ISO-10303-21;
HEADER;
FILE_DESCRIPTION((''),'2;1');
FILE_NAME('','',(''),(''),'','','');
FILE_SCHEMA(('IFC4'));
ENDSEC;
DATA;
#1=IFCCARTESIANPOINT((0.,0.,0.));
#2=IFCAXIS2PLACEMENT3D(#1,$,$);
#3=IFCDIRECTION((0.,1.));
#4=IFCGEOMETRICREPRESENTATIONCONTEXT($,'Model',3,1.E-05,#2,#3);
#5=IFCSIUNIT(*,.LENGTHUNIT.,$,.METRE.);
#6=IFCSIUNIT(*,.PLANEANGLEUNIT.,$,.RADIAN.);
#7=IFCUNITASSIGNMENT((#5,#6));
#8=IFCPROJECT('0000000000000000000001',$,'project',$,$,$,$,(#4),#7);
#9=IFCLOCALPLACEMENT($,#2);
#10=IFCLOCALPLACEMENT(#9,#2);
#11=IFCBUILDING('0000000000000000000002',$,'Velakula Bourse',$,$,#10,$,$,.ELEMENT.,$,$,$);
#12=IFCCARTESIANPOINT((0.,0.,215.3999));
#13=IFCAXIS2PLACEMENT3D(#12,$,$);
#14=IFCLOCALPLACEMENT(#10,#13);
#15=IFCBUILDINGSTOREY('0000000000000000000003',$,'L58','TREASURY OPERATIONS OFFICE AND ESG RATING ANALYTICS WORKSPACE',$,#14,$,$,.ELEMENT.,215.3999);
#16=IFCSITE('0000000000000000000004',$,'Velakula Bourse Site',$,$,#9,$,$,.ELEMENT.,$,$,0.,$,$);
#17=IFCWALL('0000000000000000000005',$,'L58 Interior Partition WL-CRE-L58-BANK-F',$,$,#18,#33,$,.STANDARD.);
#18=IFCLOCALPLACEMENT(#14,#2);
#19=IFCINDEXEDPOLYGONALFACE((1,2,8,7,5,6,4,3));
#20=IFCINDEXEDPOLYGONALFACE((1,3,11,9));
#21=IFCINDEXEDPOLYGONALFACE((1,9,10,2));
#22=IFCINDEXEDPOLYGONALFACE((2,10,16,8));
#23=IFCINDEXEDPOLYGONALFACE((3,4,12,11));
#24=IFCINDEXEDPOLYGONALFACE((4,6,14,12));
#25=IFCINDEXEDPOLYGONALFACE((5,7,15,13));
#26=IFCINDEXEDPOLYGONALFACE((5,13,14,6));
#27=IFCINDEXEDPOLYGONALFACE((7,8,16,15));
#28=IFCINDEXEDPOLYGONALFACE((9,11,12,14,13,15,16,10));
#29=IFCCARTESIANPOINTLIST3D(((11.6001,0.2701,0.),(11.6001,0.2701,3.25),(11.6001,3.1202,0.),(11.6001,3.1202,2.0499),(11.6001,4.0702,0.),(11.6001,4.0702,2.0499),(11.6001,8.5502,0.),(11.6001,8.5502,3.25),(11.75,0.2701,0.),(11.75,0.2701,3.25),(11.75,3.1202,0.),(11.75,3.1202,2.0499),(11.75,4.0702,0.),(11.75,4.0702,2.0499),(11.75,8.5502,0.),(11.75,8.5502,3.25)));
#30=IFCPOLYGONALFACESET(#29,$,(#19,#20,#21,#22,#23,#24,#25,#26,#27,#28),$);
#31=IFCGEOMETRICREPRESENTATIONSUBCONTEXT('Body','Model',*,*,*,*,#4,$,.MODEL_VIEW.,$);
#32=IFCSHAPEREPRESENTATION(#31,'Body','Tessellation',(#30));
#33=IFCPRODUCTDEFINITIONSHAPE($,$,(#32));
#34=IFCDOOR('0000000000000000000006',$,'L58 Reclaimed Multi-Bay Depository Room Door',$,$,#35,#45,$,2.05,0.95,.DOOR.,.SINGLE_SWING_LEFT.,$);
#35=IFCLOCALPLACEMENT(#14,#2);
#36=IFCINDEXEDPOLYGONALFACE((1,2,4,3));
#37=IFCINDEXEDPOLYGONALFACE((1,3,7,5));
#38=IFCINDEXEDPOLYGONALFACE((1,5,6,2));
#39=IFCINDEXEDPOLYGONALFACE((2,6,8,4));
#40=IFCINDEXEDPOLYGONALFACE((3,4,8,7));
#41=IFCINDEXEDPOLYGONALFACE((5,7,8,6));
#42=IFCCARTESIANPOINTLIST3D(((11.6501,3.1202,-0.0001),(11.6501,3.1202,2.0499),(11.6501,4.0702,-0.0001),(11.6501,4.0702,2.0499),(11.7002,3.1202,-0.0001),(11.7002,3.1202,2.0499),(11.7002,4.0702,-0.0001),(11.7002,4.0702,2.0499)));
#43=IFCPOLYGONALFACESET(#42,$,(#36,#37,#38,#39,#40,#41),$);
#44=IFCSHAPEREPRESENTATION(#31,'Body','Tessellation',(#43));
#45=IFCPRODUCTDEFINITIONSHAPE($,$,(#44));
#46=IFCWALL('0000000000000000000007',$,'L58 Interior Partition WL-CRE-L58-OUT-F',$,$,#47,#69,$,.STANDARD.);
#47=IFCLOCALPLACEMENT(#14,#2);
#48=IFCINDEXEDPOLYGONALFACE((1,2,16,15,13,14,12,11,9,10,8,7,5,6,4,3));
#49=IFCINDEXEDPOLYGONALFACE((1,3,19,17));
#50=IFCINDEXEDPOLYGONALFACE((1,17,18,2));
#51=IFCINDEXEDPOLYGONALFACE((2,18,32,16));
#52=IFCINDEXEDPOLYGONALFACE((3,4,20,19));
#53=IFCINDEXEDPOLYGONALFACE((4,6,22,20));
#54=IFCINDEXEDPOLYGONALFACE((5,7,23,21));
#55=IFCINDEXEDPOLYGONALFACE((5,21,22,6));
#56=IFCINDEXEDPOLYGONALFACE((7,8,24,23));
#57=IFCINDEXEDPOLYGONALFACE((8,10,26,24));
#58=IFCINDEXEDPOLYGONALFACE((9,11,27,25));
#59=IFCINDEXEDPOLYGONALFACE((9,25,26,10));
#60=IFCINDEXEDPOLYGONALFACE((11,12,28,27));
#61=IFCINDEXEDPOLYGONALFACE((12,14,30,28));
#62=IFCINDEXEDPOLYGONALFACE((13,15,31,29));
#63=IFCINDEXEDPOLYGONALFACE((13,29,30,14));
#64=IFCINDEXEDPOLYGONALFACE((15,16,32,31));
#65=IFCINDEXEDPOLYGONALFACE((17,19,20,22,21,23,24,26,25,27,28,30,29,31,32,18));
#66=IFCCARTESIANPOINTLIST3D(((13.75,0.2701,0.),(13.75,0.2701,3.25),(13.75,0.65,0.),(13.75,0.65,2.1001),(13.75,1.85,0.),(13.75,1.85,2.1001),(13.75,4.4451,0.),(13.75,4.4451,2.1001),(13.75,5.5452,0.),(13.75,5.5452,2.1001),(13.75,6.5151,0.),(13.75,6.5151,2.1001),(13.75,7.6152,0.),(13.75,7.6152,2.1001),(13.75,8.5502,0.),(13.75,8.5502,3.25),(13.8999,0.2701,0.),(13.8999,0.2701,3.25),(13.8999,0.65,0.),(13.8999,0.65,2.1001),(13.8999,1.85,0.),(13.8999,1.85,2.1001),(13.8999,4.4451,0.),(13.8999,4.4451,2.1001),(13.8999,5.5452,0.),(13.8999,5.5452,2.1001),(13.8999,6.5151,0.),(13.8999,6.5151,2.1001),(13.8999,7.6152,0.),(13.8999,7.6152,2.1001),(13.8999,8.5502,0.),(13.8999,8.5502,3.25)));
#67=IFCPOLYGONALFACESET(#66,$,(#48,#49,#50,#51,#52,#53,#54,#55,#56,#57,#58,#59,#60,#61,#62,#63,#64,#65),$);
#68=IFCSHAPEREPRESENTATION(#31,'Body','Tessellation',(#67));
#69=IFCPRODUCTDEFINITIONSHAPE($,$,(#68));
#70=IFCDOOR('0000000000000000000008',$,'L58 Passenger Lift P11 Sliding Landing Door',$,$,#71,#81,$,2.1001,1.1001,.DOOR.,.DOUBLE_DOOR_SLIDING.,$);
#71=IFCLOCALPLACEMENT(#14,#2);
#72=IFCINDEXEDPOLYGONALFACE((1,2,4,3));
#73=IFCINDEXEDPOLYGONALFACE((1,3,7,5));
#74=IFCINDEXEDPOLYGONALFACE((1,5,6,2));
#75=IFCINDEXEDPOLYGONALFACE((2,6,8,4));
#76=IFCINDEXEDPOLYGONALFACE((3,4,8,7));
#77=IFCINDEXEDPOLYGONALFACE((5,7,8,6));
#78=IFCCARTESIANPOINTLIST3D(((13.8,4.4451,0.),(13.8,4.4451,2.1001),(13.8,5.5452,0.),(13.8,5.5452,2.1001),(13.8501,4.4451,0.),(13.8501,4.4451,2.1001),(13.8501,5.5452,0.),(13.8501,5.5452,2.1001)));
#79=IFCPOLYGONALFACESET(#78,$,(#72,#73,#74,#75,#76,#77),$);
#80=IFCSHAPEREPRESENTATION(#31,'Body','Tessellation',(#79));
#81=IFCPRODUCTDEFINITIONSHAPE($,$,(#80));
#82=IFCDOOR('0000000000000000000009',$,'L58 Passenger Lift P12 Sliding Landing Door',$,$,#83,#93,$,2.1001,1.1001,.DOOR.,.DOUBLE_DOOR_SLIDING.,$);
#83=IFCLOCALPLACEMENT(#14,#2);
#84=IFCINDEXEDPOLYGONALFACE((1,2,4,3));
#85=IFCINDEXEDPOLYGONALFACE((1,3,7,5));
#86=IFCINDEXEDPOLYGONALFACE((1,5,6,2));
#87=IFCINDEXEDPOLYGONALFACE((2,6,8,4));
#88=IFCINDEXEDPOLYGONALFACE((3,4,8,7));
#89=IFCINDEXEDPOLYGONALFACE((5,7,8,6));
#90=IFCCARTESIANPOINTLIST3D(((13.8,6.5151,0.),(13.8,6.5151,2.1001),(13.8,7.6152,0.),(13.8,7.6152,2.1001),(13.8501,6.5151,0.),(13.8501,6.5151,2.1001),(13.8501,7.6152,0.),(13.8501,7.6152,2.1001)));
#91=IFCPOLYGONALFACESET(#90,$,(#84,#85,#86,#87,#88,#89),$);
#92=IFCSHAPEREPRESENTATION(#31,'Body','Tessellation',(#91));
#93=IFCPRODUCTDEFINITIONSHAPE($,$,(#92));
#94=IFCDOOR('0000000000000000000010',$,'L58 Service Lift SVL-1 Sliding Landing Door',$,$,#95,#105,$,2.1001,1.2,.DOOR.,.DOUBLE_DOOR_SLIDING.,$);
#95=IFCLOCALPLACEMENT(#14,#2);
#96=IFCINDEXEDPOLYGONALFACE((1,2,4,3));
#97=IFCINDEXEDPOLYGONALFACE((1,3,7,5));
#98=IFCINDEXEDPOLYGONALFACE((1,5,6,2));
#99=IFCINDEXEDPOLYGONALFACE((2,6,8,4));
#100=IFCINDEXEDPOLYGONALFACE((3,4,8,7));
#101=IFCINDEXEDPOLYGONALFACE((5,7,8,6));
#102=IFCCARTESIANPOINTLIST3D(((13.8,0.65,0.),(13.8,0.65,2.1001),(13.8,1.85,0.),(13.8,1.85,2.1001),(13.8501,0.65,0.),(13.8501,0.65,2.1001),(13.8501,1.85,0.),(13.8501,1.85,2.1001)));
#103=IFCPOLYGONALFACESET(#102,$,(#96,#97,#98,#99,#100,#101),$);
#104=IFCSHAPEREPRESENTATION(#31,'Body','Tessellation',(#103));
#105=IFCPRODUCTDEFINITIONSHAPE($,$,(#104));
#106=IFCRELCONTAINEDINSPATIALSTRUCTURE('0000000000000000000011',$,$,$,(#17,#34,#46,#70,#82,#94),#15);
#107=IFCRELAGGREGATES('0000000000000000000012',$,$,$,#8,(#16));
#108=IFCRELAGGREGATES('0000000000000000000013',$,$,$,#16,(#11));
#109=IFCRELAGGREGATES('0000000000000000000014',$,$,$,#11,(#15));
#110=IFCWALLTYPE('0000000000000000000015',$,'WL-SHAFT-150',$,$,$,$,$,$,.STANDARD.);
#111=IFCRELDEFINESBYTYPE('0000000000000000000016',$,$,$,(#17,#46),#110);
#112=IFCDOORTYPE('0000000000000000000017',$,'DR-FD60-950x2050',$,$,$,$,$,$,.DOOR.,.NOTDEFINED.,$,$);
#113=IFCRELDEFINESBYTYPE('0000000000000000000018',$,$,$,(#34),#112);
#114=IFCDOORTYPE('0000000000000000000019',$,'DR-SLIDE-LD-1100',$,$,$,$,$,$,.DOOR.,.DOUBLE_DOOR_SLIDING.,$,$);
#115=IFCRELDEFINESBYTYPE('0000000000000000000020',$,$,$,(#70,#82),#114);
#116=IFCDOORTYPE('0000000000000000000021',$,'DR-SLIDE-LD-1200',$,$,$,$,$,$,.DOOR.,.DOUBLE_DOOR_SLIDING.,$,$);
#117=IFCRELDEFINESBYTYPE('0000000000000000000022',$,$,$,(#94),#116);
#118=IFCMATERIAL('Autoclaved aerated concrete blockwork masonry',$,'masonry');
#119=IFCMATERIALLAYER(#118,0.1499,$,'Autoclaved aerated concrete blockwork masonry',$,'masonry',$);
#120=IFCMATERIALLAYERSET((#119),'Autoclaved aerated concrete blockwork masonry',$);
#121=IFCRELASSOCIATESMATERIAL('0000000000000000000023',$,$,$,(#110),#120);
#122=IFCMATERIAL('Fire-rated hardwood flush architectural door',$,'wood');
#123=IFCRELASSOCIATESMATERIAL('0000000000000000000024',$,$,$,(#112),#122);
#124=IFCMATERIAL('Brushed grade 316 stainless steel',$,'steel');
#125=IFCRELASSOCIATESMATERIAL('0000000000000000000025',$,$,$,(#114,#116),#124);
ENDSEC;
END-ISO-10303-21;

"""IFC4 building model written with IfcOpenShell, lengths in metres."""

from ifc_helpers import new_model, si_unit, direction, frame, frame_2d, origin, place, context, subcontext, project, spatial, rectangle, extrude, material, layer, layer_set, type_object, element, fill, save


model = new_model("IFC4")

# Units and contexts
model_context = context("Model", 3, precision=1e-05, world=origin(), true_north=direction((0.0, 1.0)))
body_context = subcontext(model_context, "Body", "Model", "MODEL_VIEW")
ifc_project = project(units=[si_unit("LENGTHUNIT", "METRE"), si_unit("PLANEANGLEUNIT", "RADIAN")], contexts=[model_context])

# Site, building, storey
site_placement = place(None, origin())
site = spatial("IfcSite", under=ifc_project, at=site_placement, Name="Velakula Bourse Site", CompositionType="ELEMENT", RefElevation=0.0)
building_placement = place(site_placement, origin())
building = spatial("IfcBuilding", under=site, at=building_placement, Name="Velakula Bourse", CompositionType="ELEMENT")
storey_placement = place(building_placement, frame((0.0, 0.0, 215.3999)))
storey = spatial("IfcBuildingStorey", under=building, at=storey_placement, Name="L58", Description="TREASURY OPERATIONS OFFICE AND ESG RATING ANALYTICS WORKSPACE", CompositionType="ELEMENT", Elevation=215.3999)

# Shared definitions
ifc_material_1 = material(Name="Fire-rated hardwood flush architectural door", Category="wood")

# Shared definitions
ifc_material_2 = material(Name="Autoclaved aerated concrete blockwork masonry", Category="masonry")
ifc_layer_1 = layer(ifc_material_2, 0.1499, Name="Autoclaved aerated concrete blockwork masonry", Category="masonry")
ifc_layer_set_1 = layer_set([ifc_layer_1], Name="Autoclaved aerated concrete blockwork masonry")
wall_type_1 = type_object("IfcWallType", Name="WL-SHAFT-150", PredefinedType="STANDARD", material=ifc_layer_set_1)

# Wall, opening, door
wall_1_placement = place(storey_placement, frame((11.675, 0.27, 0.0), z_axis=(0.0, 0.0, 1.0), x_axis=(0.0, 1.0, 0.0)))
wall_1 = element("IfcWall", 1, at=wall_1_placement, inside=storey, type_object=wall_type_1, Name="L58 Interior Partition WL-CRE-L58-BANK-F", PredefinedType="STANDARD", context=body_context, shape_type="SweptSolid", body=[
    extrude(rectangle(XDim=8.28, YDim=0.1499, at=frame_2d((4.1401, 0.0))), origin(), (0.0, 0.0, 1.0), 3.25),
])
opening_1_placement = place(wall_1_placement, frame((2.8501, 0.0, 0.0)))
opening_1 = element("IfcOpeningElement", 2, at=opening_1_placement, cuts=wall_1, PredefinedType="OPENING", context=body_context, shape_type="SweptSolid", body=[
    extrude(rectangle(XDim=0.95, YDim=2.05, at=frame_2d((0.4751, 1.0249))), frame((0.0, 0.085, 0.0), z_axis=(0.0, -1.0, 0.0), x_axis=(1.0, 0.0, 0.0)), (0.0, 0.0, 1.0), 0.1699),
])
door_type_1 = type_object("IfcDoorType", Name="DR-FD60-950x2050", OperationType="NOTDEFINED", PredefinedType="DOOR", material=ifc_material_1)
door_1_placement = place(opening_1_placement, origin())
door_1 = element("IfcDoor", 3, at=door_1_placement, inside=storey, type_object=door_type_1, Name="L58 Reclaimed Multi-Bay Depository Room Door", OperationType="SINGLE_SWING_LEFT", OverallHeight=2.05, OverallWidth=0.95, PredefinedType="DOOR", context=body_context, shape_type="SweptSolid", body=[
    extrude(rectangle(XDim=0.95, YDim=2.05, at=frame_2d((0.4751, 1.0249))), frame((0.0, 0.0249, 0.0), z_axis=(0.0, -1.0, 0.0), x_axis=(1.0, 0.0, 0.0)), (0.0, 0.0, 1.0), 0.05),
])
fill(opening_1, door_1)

# Wall, openings, doors
wall_2_placement = place(storey_placement, frame((13.825, 0.27, 0.0), z_axis=(0.0, 0.0, 1.0), x_axis=(0.0, 1.0, 0.0)))
wall_2 = element("IfcWall", 4, at=wall_2_placement, inside=storey, type_object=wall_type_1, Name="L58 Interior Partition WL-CRE-L58-OUT-F", PredefinedType="STANDARD", context=body_context, shape_type="SweptSolid", body=[
    extrude(rectangle(XDim=8.28, YDim=0.1499, at=frame_2d((4.1401, 0.0))), origin(), (0.0, 0.0, 1.0), 3.25),
])
opening_2_placement = place(wall_2_placement, frame((4.175, 0.0, 0.0)))
opening_2 = element("IfcOpeningElement", 5, at=opening_2_placement, cuts=wall_2, PredefinedType="OPENING", context=body_context, shape_type="SweptSolid", body=[
    extrude(rectangle(XDim=1.1001, YDim=2.1001, at=frame_2d((0.55, 1.05))), frame((0.0, 0.085, 0.0), z_axis=(0.0, -1.0, 0.0), x_axis=(1.0, 0.0, 0.0)), (0.0, 0.0, 1.0), 0.1699),
])
opening_3_placement = place(wall_2_placement, frame((6.2451, 0.0, 0.0)))
opening_3 = element("IfcOpeningElement", 6, at=opening_3_placement, cuts=wall_2, PredefinedType="OPENING", context=body_context, shape_type="SweptSolid", body=[
    extrude(rectangle(XDim=1.1001, YDim=2.1001, at=frame_2d((0.55, 1.05))), frame((0.0, 0.085, 0.0), z_axis=(0.0, -1.0, 0.0), x_axis=(1.0, 0.0, 0.0)), (0.0, 0.0, 1.0), 0.1699),
])
opening_4_placement = place(wall_2_placement, frame((0.3799, 0.0, 0.0)))
opening_4 = element("IfcOpeningElement", 7, at=opening_4_placement, cuts=wall_2, PredefinedType="OPENING", context=body_context, shape_type="SweptSolid", body=[
    extrude(rectangle(XDim=1.2, YDim=2.1001, at=frame_2d((0.6001, 1.05))), frame((0.0, 0.085, 0.0), z_axis=(0.0, -1.0, 0.0), x_axis=(1.0, 0.0, 0.0)), (0.0, 0.0, 1.0), 0.1699),
])
ifc_material_3 = material(Name="Brushed grade 316 stainless steel", Category="steel")
door_type_2 = type_object("IfcDoorType", Name="DR-SLIDE-LD-1100", OperationType="DOUBLE_DOOR_SLIDING", PredefinedType="DOOR", material=ifc_material_3)
door_2_placement = place(opening_2_placement, origin())
door_2 = element("IfcDoor", 8, at=door_2_placement, inside=storey, type_object=door_type_2, Name="L58 Passenger Lift P11 Sliding Landing Door", OperationType="DOUBLE_DOOR_SLIDING", OverallHeight=2.1001, OverallWidth=1.1001, PredefinedType="DOOR", context=body_context, shape_type="SweptSolid", body=[
    extrude(rectangle(XDim=1.1001, YDim=2.1001, at=frame_2d((0.55, 1.05))), frame((0.0, 0.0249, 0.0), z_axis=(0.0, -1.0, 0.0), x_axis=(1.0, 0.0, 0.0)), (0.0, 0.0, 1.0), 0.05),
])
fill(opening_2, door_2)
door_3_placement = place(opening_3_placement, origin())
door_3 = element("IfcDoor", 9, at=door_3_placement, inside=storey, type_object=door_type_2, Name="L58 Passenger Lift P12 Sliding Landing Door", OperationType="DOUBLE_DOOR_SLIDING", OverallHeight=2.1001, OverallWidth=1.1001, PredefinedType="DOOR", context=body_context, shape_type="SweptSolid", body=[
    extrude(rectangle(XDim=1.1001, YDim=2.1001, at=frame_2d((0.55, 1.05))), frame((0.0, 0.0249, 0.0), z_axis=(0.0, -1.0, 0.0), x_axis=(1.0, 0.0, 0.0)), (0.0, 0.0, 1.0), 0.05),
])
fill(opening_3, door_3)
door_type_3 = type_object("IfcDoorType", Name="DR-SLIDE-LD-1200", OperationType="DOUBLE_DOOR_SLIDING", PredefinedType="DOOR", material=ifc_material_3)
door_4_placement = place(opening_4_placement, origin())
door_4 = element("IfcDoor", 10, at=door_4_placement, inside=storey, type_object=door_type_3, Name="L58 Service Lift SVL-1 Sliding Landing Door", OperationType="DOUBLE_DOOR_SLIDING", OverallHeight=2.1001, OverallWidth=1.2, PredefinedType="DOOR", context=body_context, shape_type="SweptSolid", body=[
    extrude(rectangle(XDim=1.2, YDim=2.1001, at=frame_2d((0.6001, 1.05))), frame((0.0, 0.0249, 0.0), z_axis=(0.0, -1.0, 0.0), x_axis=(1.0, 0.0, 0.0)), (0.0, 0.0, 1.0), 0.05),
])
fill(opening_4, door_4)

save(model, "model.ifc")
